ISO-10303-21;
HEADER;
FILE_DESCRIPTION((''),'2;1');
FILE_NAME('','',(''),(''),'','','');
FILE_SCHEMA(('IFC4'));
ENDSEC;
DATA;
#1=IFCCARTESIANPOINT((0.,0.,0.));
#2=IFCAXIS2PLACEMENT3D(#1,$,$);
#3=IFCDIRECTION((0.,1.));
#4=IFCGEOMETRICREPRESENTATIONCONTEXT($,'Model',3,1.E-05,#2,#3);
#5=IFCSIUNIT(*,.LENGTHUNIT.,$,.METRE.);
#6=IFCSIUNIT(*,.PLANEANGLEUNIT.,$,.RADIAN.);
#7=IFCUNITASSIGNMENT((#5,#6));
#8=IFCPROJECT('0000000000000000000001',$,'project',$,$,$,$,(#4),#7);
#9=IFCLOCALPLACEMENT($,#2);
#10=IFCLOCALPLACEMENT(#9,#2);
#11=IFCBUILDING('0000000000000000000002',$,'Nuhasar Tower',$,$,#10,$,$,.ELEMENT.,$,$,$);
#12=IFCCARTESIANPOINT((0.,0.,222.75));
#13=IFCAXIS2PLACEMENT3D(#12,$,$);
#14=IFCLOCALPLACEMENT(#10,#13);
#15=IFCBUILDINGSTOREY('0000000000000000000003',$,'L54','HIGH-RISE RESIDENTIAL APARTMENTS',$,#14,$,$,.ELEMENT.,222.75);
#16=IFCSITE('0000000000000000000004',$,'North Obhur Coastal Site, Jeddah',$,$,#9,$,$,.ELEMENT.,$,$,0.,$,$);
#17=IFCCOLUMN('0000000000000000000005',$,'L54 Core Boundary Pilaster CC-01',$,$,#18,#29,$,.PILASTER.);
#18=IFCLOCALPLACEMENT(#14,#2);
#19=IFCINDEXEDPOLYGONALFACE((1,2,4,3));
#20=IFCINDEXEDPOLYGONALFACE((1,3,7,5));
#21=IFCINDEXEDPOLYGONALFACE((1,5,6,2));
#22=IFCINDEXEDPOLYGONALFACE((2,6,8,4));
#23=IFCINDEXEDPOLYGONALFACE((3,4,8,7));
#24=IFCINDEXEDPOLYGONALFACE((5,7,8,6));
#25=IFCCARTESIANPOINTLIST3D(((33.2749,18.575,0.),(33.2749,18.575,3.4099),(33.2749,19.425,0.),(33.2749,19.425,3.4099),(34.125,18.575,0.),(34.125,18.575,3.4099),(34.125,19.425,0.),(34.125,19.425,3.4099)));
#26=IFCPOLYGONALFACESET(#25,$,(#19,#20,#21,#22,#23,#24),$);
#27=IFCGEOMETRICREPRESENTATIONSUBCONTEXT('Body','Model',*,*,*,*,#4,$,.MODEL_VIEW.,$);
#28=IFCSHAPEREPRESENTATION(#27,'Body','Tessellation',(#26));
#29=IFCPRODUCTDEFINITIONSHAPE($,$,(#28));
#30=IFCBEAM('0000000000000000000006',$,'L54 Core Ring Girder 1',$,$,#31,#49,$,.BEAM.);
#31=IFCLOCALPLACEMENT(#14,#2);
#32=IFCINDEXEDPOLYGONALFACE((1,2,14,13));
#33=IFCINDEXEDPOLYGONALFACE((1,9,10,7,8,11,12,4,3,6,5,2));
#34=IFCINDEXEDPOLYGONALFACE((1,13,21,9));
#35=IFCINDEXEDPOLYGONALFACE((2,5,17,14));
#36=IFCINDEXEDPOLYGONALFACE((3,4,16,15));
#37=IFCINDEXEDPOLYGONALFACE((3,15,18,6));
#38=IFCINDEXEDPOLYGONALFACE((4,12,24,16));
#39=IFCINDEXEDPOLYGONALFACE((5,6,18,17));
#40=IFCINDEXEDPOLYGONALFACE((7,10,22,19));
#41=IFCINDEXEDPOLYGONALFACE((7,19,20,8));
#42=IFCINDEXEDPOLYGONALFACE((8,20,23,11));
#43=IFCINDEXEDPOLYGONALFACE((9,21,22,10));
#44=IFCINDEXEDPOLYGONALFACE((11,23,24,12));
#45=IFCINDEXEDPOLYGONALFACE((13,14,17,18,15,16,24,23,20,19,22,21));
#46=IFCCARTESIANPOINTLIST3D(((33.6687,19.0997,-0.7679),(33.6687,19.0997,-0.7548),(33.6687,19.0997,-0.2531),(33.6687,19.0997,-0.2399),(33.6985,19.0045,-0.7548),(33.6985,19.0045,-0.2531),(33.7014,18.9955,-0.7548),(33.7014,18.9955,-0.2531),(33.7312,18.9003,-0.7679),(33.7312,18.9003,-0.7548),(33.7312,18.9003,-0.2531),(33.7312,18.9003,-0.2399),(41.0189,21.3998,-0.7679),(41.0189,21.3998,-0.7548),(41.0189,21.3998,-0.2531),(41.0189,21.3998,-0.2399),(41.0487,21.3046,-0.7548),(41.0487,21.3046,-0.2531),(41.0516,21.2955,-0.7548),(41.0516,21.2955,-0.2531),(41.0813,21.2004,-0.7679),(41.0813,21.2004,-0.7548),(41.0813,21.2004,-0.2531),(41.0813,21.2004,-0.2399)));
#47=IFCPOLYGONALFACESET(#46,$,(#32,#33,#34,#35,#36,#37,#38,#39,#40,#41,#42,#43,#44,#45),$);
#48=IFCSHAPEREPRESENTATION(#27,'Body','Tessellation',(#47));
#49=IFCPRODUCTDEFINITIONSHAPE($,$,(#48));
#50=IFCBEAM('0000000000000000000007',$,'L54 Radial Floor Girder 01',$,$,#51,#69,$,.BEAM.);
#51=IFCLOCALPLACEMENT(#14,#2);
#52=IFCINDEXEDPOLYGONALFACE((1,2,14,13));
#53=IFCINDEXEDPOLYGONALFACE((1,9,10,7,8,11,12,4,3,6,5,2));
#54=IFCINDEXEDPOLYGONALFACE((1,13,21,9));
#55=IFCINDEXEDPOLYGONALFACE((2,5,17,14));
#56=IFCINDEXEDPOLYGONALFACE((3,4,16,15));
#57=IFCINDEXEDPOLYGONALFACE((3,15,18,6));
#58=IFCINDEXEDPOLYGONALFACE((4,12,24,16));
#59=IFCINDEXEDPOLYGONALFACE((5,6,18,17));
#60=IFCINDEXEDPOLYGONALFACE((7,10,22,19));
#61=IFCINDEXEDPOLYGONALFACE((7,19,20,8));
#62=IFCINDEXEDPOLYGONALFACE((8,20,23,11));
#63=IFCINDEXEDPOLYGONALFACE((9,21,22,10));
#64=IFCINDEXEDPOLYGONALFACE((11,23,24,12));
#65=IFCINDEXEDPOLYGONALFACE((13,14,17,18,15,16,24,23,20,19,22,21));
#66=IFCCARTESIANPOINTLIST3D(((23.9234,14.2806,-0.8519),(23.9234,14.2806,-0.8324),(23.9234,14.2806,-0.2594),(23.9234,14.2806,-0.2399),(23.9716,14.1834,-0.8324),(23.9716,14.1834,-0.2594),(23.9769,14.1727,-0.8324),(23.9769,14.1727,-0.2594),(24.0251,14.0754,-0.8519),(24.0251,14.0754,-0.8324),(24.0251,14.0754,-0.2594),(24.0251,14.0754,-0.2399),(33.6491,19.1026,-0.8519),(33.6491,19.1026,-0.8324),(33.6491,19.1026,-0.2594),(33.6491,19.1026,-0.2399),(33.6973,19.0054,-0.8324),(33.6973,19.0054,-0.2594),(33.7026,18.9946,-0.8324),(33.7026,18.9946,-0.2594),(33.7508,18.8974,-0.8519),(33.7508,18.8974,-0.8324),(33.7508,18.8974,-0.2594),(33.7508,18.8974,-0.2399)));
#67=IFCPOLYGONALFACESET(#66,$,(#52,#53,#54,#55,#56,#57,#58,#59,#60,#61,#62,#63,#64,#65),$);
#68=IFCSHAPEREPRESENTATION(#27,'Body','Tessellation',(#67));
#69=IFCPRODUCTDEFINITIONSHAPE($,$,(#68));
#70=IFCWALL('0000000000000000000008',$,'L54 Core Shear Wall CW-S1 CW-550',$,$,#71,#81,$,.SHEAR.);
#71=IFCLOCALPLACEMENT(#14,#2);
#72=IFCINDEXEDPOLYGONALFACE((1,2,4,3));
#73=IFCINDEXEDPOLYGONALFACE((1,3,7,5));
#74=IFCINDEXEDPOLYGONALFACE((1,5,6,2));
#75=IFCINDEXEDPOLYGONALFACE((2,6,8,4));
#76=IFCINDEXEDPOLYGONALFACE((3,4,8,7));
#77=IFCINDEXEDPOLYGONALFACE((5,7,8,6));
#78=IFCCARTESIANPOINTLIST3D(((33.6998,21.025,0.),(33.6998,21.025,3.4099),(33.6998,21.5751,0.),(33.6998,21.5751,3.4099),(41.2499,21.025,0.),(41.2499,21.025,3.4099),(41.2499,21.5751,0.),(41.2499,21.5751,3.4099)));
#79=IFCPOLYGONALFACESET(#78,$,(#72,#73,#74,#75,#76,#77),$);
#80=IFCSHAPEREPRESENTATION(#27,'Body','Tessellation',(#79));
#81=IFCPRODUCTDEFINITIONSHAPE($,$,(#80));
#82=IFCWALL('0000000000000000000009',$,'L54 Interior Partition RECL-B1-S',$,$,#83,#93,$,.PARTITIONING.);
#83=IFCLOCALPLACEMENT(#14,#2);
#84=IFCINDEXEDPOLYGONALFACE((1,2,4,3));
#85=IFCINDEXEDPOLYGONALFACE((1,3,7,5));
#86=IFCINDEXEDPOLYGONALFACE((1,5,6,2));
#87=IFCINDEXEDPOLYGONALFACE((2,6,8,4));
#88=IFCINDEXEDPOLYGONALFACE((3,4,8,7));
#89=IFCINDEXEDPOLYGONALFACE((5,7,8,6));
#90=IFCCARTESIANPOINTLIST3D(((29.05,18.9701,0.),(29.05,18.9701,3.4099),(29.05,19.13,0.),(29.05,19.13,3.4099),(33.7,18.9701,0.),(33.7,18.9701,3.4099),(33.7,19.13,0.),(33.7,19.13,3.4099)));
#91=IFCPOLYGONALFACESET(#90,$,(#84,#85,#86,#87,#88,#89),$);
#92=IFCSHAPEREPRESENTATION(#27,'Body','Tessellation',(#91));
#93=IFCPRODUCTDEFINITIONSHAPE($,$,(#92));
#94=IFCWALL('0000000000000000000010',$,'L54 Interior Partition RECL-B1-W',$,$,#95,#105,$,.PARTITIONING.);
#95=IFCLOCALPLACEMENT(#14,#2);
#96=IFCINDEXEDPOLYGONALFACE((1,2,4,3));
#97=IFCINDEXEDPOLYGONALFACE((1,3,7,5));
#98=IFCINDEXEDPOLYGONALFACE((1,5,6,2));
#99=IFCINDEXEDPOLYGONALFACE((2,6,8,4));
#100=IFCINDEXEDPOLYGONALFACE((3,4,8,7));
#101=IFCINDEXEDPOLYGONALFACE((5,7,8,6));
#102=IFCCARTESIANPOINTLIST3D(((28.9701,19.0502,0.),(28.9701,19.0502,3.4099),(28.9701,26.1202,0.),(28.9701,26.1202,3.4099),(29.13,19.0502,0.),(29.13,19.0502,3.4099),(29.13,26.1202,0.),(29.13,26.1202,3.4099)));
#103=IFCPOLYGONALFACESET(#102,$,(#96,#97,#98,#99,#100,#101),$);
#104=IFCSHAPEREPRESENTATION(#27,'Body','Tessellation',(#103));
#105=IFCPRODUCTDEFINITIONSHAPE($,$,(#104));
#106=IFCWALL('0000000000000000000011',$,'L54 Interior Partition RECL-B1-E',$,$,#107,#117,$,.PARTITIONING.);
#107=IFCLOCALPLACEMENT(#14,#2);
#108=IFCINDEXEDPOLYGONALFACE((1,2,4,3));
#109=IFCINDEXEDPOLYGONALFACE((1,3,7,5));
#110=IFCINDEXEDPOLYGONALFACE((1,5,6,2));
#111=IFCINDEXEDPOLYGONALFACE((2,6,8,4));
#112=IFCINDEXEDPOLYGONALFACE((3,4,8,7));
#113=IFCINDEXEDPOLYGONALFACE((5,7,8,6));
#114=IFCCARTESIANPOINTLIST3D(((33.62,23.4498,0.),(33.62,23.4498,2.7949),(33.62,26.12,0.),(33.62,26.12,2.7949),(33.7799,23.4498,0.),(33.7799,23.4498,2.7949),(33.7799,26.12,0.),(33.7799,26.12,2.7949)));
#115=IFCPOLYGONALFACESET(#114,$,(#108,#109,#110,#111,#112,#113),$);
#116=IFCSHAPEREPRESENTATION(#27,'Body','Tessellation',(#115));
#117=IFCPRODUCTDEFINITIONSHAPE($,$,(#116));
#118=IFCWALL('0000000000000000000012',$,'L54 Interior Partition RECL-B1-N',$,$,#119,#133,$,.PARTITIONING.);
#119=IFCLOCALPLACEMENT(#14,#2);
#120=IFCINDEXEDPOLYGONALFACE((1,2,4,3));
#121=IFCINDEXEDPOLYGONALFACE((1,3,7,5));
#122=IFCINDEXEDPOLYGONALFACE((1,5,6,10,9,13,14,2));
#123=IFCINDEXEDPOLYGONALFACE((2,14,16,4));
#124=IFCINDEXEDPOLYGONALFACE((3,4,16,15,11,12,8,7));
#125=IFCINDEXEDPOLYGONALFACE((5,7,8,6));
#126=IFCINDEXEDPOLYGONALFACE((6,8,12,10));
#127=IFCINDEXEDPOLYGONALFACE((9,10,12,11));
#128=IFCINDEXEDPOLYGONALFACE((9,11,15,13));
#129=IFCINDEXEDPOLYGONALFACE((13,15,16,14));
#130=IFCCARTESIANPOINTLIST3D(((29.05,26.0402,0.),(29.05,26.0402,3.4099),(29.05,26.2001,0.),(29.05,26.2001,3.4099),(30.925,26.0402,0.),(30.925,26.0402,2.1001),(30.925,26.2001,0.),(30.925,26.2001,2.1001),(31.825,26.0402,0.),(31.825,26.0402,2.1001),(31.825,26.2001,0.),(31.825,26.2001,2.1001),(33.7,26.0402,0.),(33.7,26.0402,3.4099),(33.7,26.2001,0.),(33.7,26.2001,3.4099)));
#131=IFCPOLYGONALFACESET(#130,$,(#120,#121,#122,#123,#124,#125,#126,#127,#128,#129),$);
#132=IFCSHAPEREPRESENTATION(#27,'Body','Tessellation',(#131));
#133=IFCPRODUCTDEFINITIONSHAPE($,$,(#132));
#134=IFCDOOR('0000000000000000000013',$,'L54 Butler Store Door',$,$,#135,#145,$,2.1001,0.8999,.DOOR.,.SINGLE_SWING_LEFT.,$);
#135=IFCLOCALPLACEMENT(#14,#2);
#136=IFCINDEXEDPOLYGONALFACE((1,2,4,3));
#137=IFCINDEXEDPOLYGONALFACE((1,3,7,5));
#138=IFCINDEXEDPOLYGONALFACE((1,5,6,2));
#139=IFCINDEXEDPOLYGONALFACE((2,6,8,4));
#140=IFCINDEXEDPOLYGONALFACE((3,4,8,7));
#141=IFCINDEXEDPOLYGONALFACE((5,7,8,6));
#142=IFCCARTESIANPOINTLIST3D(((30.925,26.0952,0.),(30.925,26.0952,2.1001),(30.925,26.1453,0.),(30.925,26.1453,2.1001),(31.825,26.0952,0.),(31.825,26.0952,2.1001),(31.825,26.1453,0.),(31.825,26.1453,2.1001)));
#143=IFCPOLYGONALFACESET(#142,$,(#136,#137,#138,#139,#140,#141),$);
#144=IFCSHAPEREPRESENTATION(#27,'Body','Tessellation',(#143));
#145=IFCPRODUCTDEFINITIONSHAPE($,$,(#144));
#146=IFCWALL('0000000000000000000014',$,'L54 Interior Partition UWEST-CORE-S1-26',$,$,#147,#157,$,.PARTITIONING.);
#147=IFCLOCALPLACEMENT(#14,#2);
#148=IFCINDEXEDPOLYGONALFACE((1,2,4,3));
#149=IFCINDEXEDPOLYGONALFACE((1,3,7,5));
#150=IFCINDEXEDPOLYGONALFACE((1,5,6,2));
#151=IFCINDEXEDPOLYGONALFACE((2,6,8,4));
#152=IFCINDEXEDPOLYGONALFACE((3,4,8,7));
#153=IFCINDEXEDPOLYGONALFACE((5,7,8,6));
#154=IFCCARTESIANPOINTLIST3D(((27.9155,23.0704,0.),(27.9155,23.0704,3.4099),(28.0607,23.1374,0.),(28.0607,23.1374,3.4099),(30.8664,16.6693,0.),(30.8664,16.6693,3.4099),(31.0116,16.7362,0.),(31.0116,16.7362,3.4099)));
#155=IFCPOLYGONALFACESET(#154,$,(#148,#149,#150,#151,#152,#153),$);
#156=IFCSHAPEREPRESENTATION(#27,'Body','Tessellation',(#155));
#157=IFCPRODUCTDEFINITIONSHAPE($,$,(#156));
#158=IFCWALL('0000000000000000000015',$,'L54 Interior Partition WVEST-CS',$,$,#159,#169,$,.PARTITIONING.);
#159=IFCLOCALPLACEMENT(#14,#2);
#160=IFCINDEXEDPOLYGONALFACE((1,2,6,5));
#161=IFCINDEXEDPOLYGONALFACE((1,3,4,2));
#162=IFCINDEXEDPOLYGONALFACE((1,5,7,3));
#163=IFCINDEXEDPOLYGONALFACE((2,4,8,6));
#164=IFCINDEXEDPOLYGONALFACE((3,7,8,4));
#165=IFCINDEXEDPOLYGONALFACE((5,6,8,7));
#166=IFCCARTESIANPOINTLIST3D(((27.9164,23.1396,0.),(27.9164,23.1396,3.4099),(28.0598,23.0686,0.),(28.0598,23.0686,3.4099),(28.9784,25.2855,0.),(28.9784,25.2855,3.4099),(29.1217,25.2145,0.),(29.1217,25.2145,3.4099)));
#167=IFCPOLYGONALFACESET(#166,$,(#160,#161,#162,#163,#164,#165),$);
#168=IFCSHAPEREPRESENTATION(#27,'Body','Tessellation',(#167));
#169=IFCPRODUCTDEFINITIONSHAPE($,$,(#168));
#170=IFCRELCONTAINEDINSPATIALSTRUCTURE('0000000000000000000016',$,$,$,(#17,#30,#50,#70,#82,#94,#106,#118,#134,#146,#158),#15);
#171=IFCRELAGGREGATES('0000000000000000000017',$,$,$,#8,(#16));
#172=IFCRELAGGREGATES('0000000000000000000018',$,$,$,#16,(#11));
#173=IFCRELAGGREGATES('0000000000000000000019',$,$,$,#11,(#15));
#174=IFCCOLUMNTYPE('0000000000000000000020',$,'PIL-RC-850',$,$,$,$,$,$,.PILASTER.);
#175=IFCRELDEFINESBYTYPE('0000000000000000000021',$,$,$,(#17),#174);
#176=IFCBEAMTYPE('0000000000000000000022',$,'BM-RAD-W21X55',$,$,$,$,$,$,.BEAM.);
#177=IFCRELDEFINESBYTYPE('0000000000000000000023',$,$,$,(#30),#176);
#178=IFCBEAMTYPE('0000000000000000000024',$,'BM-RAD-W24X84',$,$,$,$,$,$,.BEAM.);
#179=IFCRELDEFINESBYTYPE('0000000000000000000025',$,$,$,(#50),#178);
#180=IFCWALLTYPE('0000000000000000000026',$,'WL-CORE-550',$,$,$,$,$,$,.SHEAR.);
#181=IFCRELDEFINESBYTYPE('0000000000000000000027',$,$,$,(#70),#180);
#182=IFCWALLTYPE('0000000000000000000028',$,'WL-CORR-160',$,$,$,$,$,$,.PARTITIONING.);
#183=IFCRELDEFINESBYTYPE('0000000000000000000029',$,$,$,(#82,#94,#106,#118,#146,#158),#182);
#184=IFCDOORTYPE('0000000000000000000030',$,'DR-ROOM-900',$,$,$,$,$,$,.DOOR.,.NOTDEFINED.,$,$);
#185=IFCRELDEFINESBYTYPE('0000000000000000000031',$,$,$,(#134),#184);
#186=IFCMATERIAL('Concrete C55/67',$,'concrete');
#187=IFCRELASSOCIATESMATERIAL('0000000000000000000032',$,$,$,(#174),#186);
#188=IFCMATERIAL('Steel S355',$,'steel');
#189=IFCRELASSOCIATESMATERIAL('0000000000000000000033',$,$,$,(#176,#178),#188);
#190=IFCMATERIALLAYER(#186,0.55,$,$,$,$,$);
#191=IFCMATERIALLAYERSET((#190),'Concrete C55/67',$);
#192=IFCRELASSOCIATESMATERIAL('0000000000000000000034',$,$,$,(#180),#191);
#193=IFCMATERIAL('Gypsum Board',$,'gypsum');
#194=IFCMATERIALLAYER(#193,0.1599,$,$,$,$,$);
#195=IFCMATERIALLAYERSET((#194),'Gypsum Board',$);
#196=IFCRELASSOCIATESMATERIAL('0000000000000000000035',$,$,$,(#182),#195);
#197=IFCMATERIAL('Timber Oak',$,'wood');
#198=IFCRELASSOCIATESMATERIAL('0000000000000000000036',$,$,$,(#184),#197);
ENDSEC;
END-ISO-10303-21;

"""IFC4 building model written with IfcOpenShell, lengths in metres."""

from ifc_helpers import new_model, si_unit, direction, frame, frame_2d, origin, origin_2d, place, context, subcontext, project, spatial, rectangle, i_section, extrude, material, layer, layer_set, material_profile, profile_set, type_object, element, fill, save


model = new_model("IFC4")

# Units and contexts
model_context = context("Model", 3, precision=1e-05, world=origin(), true_north=direction((0.0, 1.0)))
body_context = subcontext(model_context, "Body", "Model", "MODEL_VIEW")
ifc_project = project(units=[si_unit("LENGTHUNIT", "METRE"), si_unit("PLANEANGLEUNIT", "RADIAN")], contexts=[model_context])

# Site, building, storey
site_placement = place(None, origin())
site = spatial("IfcSite", under=ifc_project, at=site_placement, Name="North Obhur Coastal Site, Jeddah", CompositionType="ELEMENT", RefElevation=0.0)
building_placement = place(site_placement, origin())
building = spatial("IfcBuilding", under=site, at=building_placement, Name="Nuhasar Tower", CompositionType="ELEMENT")
storey_placement = place(building_placement, frame((0.0, 0.0, 222.75)))
storey = spatial("IfcBuildingStorey", under=building, at=storey_placement, Name="L54", Description="HIGH-RISE RESIDENTIAL APARTMENTS", CompositionType="ELEMENT", Elevation=222.75)

# Column
ifc_material_1 = material(Name="Concrete C55/67", Category="concrete")
ifc_material_profile_1 = material_profile(ifc_material_1, rectangle(XDim=0.8501, YDim=0.8501, at=origin_2d()), Name="RC850X850")
ifc_profile_set_1 = profile_set([ifc_material_profile_1], Name="Concrete C55/67")
column_type = type_object("IfcColumnType", Name="PIL-RC-850", PredefinedType="PILASTER", material=ifc_profile_set_1)
column_placement = place(storey_placement, frame((33.7, 19.0, 0.0), z_axis=(0.0, 0.0, 1.0), x_axis=(1.0, 0.0, 0.0)))
element("IfcColumn", 1, at=column_placement, inside=storey, type_object=column_type, Name="L54 Core Boundary Pilaster CC-01", PredefinedType="PILASTER", context=body_context, shape_type="SweptSolid", body=[
    extrude(rectangle(XDim=0.8501, YDim=0.8501, at=origin_2d()), origin(), (0.0, 0.0, 1.0), 3.4099),
])

# Beams
ifc_material_2 = material(Name="Steel S355", Category="steel")
ifc_material_profile_2 = material_profile(ifc_material_2, i_section(OverallWidth=0.209, OverallDepth=0.5281, WebThickness=0.0095, FlangeThickness=0.0132, at=origin_2d()), Name="W21X55")
ifc_profile_set_2 = profile_set([ifc_material_profile_2], Name="Steel S355")
beam_type_1 = type_object("IfcBeamType", Name="BM-RAD-W21X55", PredefinedType="BEAM", material=ifc_profile_set_2)
beam_1_placement = place(storey_placement, frame((33.7, 19.0, -0.5039), z_axis=(0.954364, 0.298647, 0.0), x_axis=(-0.298647, 0.954364, 0.0)))
element("IfcBeam", 2, at=beam_1_placement, inside=storey, type_object=beam_type_1, Name="L54 Core Ring Girder 1", PredefinedType="BEAM", context=body_context, shape_type="SweptSolid", body=[
    extrude(i_section(OverallWidth=0.209, OverallDepth=0.5281, WebThickness=0.0095, FlangeThickness=0.0132, at=origin_2d()), origin(), (0.0, 0.0, 1.0), 7.7017),
])
ifc_material_profile_3 = material_profile(ifc_material_2, i_section(OverallWidth=0.229, OverallDepth=0.6121, WebThickness=0.012, FlangeThickness=0.0195, at=origin_2d()), Name="W24X84")
ifc_profile_set_3 = profile_set([ifc_material_profile_3], Name="Steel S355")
beam_type_2 = type_object("IfcBeamType", Name="BM-RAD-W24X84", PredefinedType="BEAM", material=ifc_profile_set_3)
beam_2_placement = place(storey_placement, frame((33.7, 19.0, -0.5459), z_axis=(-0.895929, -0.444197, 0.0), x_axis=(0.444197, -0.895929, 0.0)))
element("IfcBeam", 3, at=beam_2_placement, inside=storey, type_object=beam_type_2, Name="L54 Radial Floor Girder 01", PredefinedType="BEAM", context=body_context, shape_type="SweptSolid", body=[
    extrude(i_section(OverallWidth=0.229, OverallDepth=0.6121, WebThickness=0.012, FlangeThickness=0.0195, at=origin_2d()), origin(), (0.0, 0.0, 1.0), 10.8555),
])

# Walls
ifc_layer_1 = layer(ifc_material_1, 0.55)
ifc_layer_set_1 = layer_set([ifc_layer_1], Name="Concrete C55/67")
wall_type_1 = type_object("IfcWallType", Name="WL-CORE-550", PredefinedType="SHEAR", material=ifc_layer_set_1)
wall_1_placement = place(storey_placement, frame((33.7, 21.3, 0.0), z_axis=(0.0, 0.0, 1.0), x_axis=(1.0, 0.0, 0.0)))
element("IfcWall", 4, at=wall_1_placement, inside=storey, type_object=wall_type_1, Name="L54 Core Shear Wall CW-S1 CW-550", PredefinedType="SHEAR", context=body_context, shape_type="SweptSolid", body=[
    extrude(rectangle(XDim=7.55, YDim=0.55, at=frame_2d((3.7749, 0.0))), origin(), (0.0, 0.0, 1.0), 3.4099),
])
ifc_material_3 = material(Name="Gypsum Board", Category="gypsum")
ifc_layer_2 = layer(ifc_material_3, 0.1599)
ifc_layer_set_2 = layer_set([ifc_layer_2], Name="Gypsum Board")
wall_type_2 = type_object("IfcWallType", Name="WL-CORR-160", PredefinedType="PARTITIONING", material=ifc_layer_set_2)
wall_2_placement = place(storey_placement, frame((29.05, 19.05, 0.0), z_axis=(0.0, 0.0, 1.0), x_axis=(1.0, 0.0, 0.0)))
element("IfcWall", 5, at=wall_2_placement, inside=storey, type_object=wall_type_2, Name="L54 Interior Partition RECL-B1-S", PredefinedType="PARTITIONING", context=body_context, shape_type="SweptSolid", body=[
    extrude(rectangle(XDim=4.6499, YDim=0.1599, at=frame_2d((2.325, 0.0))), origin(), (0.0, 0.0, 1.0), 3.4099),
])
wall_3_placement = place(storey_placement, frame((29.05, 19.05, 0.0), z_axis=(0.0, 0.0, 1.0), x_axis=(0.0, 1.0, 0.0)))
element("IfcWall", 6, at=wall_3_placement, inside=storey, type_object=wall_type_2, Name="L54 Interior Partition RECL-B1-W", PredefinedType="PARTITIONING", context=body_context, shape_type="SweptSolid", body=[
    extrude(rectangle(XDim=7.0701, YDim=0.1599, at=frame_2d((3.5352, 0.0))), origin(), (0.0, 0.0, 1.0), 3.4099),
])
wall_4_placement = place(storey_placement, frame((33.7, 23.45, 0.0), z_axis=(0.0, 0.0, 1.0), x_axis=(0.0, 1.0, 0.0)))
element("IfcWall", 7, at=wall_4_placement, inside=storey, type_object=wall_type_2, Name="L54 Interior Partition RECL-B1-E", PredefinedType="PARTITIONING", context=body_context, shape_type="SweptSolid", body=[
    extrude(rectangle(XDim=2.6702, YDim=0.1599, at=frame_2d((1.335, 0.0))), origin(), (0.0, 0.0, 1.0), 2.7949),
])

# Wall, opening, door
wall_5_placement = place(storey_placement, frame((33.7, 26.1201, 0.0), z_axis=(0.0, 0.0, 1.0), x_axis=(-1.0, 0.0, 0.0)))
wall_5 = element("IfcWall", 8, at=wall_5_placement, inside=storey, type_object=wall_type_2, Name="L54 Interior Partition RECL-B1-N", PredefinedType="PARTITIONING", context=body_context, shape_type="SweptSolid", body=[
    extrude(rectangle(XDim=4.6499, YDim=0.1599, at=frame_2d((2.325, 0.0))), origin(), (0.0, 0.0, 1.0), 3.4099),
])
opening_1_placement = place(wall_5_placement, frame((1.875, 0.0, 0.0)))
opening_1 = element("IfcOpeningElement", 9, at=opening_1_placement, cuts=wall_5, PredefinedType="OPENING", context=body_context, shape_type="SweptSolid", body=[
    extrude(rectangle(XDim=0.8999, YDim=2.1001, at=frame_2d((0.45, 1.05))), frame((0.0, 0.0898, 0.0), z_axis=(0.0, -1.0, 0.0), x_axis=(1.0, 0.0, 0.0)), (0.0, 0.0, 1.0), 0.1799),
])
ifc_material_4 = material(Name="Timber Oak", Category="wood")
door_type_1 = type_object("IfcDoorType", Name="DR-ROOM-900", OperationType="NOTDEFINED", PredefinedType="DOOR", material=ifc_material_4)
door_1_placement = place(opening_1_placement, origin())
door_1 = element("IfcDoor", 10, at=door_1_placement, inside=storey, type_object=door_type_1, Name="L54 Butler Store Door", OperationType="SINGLE_SWING_LEFT", OverallHeight=2.1001, OverallWidth=0.8999, PredefinedType="DOOR", context=body_context, shape_type="SweptSolid", body=[
    extrude(rectangle(XDim=0.8999, YDim=2.1001, at=frame_2d((0.45, 1.05))), frame((0.0, 0.0249, 0.0), z_axis=(0.0, -1.0, 0.0), x_axis=(1.0, 0.0, 0.0)), (0.0, 0.0, 1.0), 0.05),
])
fill(opening_1, door_1)

# Walls
wall_6_placement = place(storey_placement, frame((27.988, 23.104, 0.0), z_axis=(0.0, 0.0, 1.0), x_axis=(0.418656, -0.908145, 0.0)))
element("IfcWall", 11, at=wall_6_placement, inside=storey, type_object=wall_type_2, Name="L54 Interior Partition UWEST-CORE-S1-26", PredefinedType="PARTITIONING", context=body_context, shape_type="SweptSolid", body=[
    extrude(rectangle(XDim=7.0486, YDim=0.1599, at=frame_2d((3.5244, 0.0))), origin(), (0.0, 0.0, 1.0), 3.4099),
])
wall_7_placement = place(storey_placement, frame((27.988, 23.104, 0.0), z_axis=(0.0, 0.0, 1.0), x_axis=(0.443539, 0.896255, 0.0)))
element("IfcWall", 12, at=wall_7_placement, inside=storey, type_object=wall_type_2, Name="L54 Interior Partition WVEST-CS", PredefinedType="PARTITIONING", context=body_context, shape_type="SweptSolid", body=[
    extrude(rectangle(XDim=2.3943, YDim=0.1599, at=frame_2d((1.1973, 0.0))), origin(), (0.0, 0.0, 1.0), 3.4099),
])

save(model, "model.ifc")
